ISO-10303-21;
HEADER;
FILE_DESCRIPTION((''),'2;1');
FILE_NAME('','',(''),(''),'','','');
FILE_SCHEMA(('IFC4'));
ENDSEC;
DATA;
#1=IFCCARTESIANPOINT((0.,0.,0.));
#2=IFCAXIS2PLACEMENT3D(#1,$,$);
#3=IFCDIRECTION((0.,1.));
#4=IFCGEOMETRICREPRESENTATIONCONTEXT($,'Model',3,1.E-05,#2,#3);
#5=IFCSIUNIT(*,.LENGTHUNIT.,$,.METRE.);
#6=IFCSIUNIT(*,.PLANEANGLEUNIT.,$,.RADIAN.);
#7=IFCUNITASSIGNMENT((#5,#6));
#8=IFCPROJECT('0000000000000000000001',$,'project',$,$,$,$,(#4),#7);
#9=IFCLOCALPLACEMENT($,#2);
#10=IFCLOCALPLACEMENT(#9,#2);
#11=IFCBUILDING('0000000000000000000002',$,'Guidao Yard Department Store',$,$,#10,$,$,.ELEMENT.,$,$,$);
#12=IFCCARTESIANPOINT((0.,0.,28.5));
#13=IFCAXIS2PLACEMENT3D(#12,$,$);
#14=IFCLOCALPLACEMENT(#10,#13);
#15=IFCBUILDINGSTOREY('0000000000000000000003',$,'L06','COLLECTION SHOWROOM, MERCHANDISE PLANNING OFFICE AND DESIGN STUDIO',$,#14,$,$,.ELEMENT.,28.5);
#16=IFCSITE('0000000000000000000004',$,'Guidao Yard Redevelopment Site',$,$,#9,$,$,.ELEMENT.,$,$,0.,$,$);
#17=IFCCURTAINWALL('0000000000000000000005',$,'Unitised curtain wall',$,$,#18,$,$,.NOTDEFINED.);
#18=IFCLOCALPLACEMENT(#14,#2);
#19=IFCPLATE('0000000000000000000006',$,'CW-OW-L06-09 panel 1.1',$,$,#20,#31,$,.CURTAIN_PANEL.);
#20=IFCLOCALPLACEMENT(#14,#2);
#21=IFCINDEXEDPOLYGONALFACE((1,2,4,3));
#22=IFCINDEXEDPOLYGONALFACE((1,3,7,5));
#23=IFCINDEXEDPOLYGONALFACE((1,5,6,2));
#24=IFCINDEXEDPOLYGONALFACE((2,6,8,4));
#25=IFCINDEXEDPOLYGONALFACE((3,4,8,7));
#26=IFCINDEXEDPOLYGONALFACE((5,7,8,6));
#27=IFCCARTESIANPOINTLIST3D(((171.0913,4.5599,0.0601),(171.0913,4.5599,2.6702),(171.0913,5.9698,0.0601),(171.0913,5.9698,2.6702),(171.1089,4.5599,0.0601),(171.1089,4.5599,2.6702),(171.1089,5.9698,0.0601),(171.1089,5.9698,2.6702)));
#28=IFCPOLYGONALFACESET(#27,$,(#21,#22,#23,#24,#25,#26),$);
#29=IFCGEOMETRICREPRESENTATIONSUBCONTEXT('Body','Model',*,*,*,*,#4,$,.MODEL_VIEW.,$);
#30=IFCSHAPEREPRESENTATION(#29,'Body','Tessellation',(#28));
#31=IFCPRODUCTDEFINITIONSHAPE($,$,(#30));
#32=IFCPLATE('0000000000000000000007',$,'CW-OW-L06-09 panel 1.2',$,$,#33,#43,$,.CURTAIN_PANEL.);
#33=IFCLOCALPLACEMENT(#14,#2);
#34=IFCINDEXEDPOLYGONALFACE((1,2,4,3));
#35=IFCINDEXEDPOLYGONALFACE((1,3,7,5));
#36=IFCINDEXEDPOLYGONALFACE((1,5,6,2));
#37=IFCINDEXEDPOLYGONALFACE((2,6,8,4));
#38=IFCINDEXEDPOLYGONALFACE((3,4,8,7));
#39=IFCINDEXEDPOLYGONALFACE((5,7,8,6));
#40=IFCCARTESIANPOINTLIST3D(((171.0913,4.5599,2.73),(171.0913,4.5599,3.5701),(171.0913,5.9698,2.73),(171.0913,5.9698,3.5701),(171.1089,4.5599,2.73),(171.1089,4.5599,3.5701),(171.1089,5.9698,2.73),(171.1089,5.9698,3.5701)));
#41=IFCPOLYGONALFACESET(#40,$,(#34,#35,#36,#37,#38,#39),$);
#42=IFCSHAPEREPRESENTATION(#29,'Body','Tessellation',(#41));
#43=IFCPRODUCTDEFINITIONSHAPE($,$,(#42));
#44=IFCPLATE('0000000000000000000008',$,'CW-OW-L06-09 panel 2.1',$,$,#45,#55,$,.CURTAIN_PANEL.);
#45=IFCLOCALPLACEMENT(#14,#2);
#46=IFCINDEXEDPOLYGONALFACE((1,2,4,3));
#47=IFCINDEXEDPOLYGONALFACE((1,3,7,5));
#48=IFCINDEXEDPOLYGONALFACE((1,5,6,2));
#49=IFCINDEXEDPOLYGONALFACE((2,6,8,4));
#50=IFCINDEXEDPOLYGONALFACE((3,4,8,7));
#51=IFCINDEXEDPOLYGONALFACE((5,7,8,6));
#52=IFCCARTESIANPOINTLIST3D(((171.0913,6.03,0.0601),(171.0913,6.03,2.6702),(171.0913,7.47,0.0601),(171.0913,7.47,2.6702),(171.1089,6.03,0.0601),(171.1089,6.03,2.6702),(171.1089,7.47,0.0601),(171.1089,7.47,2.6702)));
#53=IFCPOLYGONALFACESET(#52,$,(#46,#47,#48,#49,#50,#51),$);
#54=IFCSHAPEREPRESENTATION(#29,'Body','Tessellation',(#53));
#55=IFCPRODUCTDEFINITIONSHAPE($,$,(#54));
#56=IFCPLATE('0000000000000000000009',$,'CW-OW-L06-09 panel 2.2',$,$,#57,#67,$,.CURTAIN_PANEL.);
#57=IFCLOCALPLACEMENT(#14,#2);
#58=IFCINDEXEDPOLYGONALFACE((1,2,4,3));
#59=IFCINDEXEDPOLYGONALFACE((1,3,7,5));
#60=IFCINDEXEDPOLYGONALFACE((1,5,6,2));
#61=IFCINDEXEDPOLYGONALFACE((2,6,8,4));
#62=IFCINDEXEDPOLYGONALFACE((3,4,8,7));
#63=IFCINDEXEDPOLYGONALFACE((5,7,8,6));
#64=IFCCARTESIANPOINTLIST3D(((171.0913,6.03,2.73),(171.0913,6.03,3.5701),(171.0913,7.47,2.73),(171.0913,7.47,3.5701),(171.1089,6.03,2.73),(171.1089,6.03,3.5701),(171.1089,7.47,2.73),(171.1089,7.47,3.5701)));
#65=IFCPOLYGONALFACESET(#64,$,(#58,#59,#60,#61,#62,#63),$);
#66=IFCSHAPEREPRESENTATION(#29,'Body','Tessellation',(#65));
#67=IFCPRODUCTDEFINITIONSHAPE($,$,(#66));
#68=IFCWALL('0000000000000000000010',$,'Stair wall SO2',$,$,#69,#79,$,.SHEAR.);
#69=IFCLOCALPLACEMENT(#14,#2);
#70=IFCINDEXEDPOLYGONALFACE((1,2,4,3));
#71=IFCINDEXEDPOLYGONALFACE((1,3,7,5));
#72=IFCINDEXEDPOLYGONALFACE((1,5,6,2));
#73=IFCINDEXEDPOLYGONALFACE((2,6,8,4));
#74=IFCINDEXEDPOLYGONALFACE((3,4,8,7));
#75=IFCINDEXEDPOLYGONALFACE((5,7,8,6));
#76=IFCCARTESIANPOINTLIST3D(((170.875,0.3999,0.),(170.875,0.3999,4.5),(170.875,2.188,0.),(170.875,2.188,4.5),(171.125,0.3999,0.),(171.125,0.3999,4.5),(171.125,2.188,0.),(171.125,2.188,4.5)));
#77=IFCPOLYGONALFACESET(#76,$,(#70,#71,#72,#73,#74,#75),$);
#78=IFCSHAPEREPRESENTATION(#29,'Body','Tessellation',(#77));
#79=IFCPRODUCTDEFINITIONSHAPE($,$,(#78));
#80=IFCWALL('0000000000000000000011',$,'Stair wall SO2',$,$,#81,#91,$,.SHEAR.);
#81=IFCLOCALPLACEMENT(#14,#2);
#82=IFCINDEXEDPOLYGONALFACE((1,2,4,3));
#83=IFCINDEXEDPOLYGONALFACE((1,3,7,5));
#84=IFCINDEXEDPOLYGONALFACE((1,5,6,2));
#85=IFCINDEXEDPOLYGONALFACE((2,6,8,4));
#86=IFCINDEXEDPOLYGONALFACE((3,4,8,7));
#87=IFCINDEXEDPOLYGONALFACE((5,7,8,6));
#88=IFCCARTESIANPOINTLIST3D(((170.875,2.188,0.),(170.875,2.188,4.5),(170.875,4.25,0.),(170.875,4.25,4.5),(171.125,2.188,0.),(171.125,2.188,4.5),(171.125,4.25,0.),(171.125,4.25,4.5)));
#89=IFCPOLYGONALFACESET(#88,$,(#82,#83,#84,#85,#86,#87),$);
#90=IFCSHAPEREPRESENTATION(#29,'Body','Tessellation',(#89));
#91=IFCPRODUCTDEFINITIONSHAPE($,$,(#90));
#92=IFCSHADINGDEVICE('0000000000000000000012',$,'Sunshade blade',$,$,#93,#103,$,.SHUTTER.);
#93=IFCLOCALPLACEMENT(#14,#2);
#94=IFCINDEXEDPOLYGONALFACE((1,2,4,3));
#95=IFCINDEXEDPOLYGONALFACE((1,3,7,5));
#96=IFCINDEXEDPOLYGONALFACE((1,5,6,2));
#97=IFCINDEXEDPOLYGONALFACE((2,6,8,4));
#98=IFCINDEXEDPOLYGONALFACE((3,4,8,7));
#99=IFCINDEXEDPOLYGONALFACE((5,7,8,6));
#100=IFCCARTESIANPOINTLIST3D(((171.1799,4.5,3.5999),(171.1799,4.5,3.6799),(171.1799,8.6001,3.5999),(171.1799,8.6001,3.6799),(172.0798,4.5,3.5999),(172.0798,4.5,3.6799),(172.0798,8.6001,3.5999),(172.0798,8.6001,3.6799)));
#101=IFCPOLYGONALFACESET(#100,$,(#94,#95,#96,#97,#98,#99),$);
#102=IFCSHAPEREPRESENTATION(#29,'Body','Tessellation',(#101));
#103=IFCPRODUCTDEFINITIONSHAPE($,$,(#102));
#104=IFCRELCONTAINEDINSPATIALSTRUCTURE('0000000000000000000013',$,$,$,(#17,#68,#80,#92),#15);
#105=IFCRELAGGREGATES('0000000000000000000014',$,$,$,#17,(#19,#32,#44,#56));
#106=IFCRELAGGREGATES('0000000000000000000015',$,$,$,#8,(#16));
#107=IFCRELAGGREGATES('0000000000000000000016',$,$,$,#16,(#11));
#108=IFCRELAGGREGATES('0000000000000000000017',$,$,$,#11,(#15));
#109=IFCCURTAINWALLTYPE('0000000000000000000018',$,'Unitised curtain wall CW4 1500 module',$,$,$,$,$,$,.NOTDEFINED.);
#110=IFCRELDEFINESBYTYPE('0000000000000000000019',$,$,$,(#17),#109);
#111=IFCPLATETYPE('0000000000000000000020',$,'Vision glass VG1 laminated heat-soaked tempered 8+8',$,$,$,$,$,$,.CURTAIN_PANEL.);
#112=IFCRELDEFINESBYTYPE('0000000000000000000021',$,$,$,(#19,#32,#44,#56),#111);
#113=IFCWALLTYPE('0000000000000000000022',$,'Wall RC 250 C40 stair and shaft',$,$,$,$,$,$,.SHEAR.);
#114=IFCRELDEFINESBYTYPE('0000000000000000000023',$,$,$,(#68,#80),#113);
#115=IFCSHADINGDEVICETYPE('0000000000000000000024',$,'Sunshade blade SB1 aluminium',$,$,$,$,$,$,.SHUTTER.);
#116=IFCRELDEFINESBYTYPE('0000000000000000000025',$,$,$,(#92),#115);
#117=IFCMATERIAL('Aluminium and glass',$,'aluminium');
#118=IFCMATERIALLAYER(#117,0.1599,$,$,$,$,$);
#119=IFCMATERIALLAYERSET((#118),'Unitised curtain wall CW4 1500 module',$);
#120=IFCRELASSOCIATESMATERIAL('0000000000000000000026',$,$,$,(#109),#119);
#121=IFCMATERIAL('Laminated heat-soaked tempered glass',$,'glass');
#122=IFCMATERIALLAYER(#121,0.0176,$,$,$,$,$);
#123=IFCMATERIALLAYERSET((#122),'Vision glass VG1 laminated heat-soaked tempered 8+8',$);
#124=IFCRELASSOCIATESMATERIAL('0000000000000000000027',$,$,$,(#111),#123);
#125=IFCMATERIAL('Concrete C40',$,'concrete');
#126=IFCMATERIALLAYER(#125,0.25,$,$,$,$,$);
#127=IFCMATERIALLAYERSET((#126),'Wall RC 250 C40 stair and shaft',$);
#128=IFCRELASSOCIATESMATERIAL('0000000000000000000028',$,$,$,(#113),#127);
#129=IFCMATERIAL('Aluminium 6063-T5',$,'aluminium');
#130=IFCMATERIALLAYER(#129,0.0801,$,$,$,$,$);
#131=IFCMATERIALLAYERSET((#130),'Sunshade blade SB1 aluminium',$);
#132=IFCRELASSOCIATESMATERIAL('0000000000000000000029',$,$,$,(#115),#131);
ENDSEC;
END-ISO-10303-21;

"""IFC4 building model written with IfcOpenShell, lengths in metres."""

from ifc_helpers import new_model, si_unit, direction, frame, frame_2d, origin, origin_2d, place, context, subcontext, project, spatial, rectangle, extrude, material, layer, layer_set, type_object, element, aggregate, save


model = new_model("IFC4")

# Units and contexts
model_context = context("Model", 3, precision=1e-05, world=origin(), true_north=direction((0.0, 1.0)))
body_context = subcontext(model_context, "Body", "Model", "MODEL_VIEW")
ifc_project = project(units=[si_unit("LENGTHUNIT", "METRE"), si_unit("PLANEANGLEUNIT", "RADIAN")], contexts=[model_context])

# Site, building, storey
site_placement = place(None, origin())
site = spatial("IfcSite", under=ifc_project, at=site_placement, Name="Guidao Yard Redevelopment Site", CompositionType="ELEMENT", RefElevation=0.0)
building_placement = place(site_placement, origin())
building = spatial("IfcBuilding", under=site, at=building_placement, Name="Guidao Yard Department Store", CompositionType="ELEMENT")
storey_placement = place(building_placement, frame((0.0, 0.0, 28.5)))
storey = spatial("IfcBuildingStorey", under=building, at=storey_placement, Name="L06", Description="COLLECTION SHOWROOM, MERCHANDISE PLANNING OFFICE AND DESIGN STUDIO", CompositionType="ELEMENT", Elevation=28.5)

# Curtain wall, plates
ifc_material_1 = material(Name="Aluminium and glass", Category="aluminium")
ifc_layer_1 = layer(ifc_material_1, 0.1599)
ifc_layer_set_1 = layer_set([ifc_layer_1], Name="Unitised curtain wall CW4 1500 module")
curtain_wall_type = type_object("IfcCurtainWallType", Name="Unitised curtain wall CW4 1500 module", PredefinedType="NOTDEFINED", material=ifc_layer_set_1)
curtain_wall_placement = place(storey_placement, origin())
curtain_wall = element("IfcCurtainWall", 1, at=curtain_wall_placement, inside=storey, type_object=curtain_wall_type, Name="Unitised curtain wall", PredefinedType="NOTDEFINED")
ifc_material_2 = material(Name="Laminated heat-soaked tempered glass", Category="glass")
ifc_layer_2 = layer(ifc_material_2, 0.0176)
ifc_layer_set_2 = layer_set([ifc_layer_2], Name="Vision glass VG1 laminated heat-soaked tempered 8+8")
plate_type_1 = type_object("IfcPlateType", Name="Vision glass VG1 laminated heat-soaked tempered 8+8", PredefinedType="CURTAIN_PANEL", material=ifc_layer_set_2)
plate_1_placement = place(storey_placement, frame((171.1001, 5.2649, 0.0601), z_axis=(0.0, 0.0, 1.0), x_axis=(0.0, -1.0, 0.0)))
plate_1 = element("IfcPlate", 2, at=plate_1_placement, type_object=plate_type_1, Name="CW-OW-L06-09 panel 1.1", PredefinedType="CURTAIN_PANEL", context=body_context, shape_type="SweptSolid", body=[
    extrude(rectangle(XDim=1.4099, YDim=0.0176, at=origin_2d()), origin(), (0.0, 0.0, 1.0), 2.6101),
])
plate_2_placement = place(storey_placement, frame((171.1001, 5.2649, 2.73), z_axis=(0.0, 0.0, 1.0), x_axis=(0.0, -1.0, 0.0)))
plate_2 = element("IfcPlate", 3, at=plate_2_placement, type_object=plate_type_1, Name="CW-OW-L06-09 panel 1.2", PredefinedType="CURTAIN_PANEL", context=body_context, shape_type="SweptSolid", body=[
    extrude(rectangle(XDim=1.4099, YDim=0.0176, at=origin_2d()), origin(), (0.0, 0.0, 1.0), 0.8401),
])
plate_3_placement = place(storey_placement, frame((171.1001, 6.75, 0.0601), z_axis=(0.0, 0.0, 1.0), x_axis=(0.0, -1.0, 0.0)))
plate_3 = element("IfcPlate", 4, at=plate_3_placement, type_object=plate_type_1, Name="CW-OW-L06-09 panel 2.1", PredefinedType="CURTAIN_PANEL", context=body_context, shape_type="SweptSolid", body=[
    extrude(rectangle(XDim=1.4399, YDim=0.0176, at=origin_2d()), origin(), (0.0, 0.0, 1.0), 2.6101),
])
plate_4_placement = place(storey_placement, frame((171.1001, 6.75, 2.73), z_axis=(0.0, 0.0, 1.0), x_axis=(0.0, -1.0, 0.0)))
plate_4 = element("IfcPlate", 5, at=plate_4_placement, type_object=plate_type_1, Name="CW-OW-L06-09 panel 2.2", PredefinedType="CURTAIN_PANEL", context=body_context, shape_type="SweptSolid", body=[
    extrude(rectangle(XDim=1.4399, YDim=0.0176, at=origin_2d()), origin(), (0.0, 0.0, 1.0), 0.8401),
])
aggregate(curtain_wall, [plate_1, plate_2, plate_3, plate_4])

# Walls
ifc_material_3 = material(Name="Concrete C40", Category="concrete")
ifc_layer_3 = layer(ifc_material_3, 0.25)
ifc_layer_set_3 = layer_set([ifc_layer_3], Name="Wall RC 250 C40 stair and shaft")
wall_type = type_object("IfcWallType", Name="Wall RC 250 C40 stair and shaft", PredefinedType="SHEAR", material=ifc_layer_set_3)
wall_1_placement = place(storey_placement, frame((171.0, 0.3999, 0.0), z_axis=(0.0, 0.0, 1.0), x_axis=(0.0, 1.0, 0.0)))
element("IfcWall", 6, at=wall_1_placement, inside=storey, type_object=wall_type, Name="Stair wall SO2", PredefinedType="SHEAR", context=body_context, shape_type="SweptSolid", body=[
    extrude(rectangle(XDim=1.7881, YDim=0.25, at=frame_2d((0.894, 0.0))), origin(), (0.0, 0.0, 1.0), 4.5),
])
wall_2_placement = place(storey_placement, frame((171.0, 2.188, 0.0), z_axis=(0.0, 0.0, 1.0), x_axis=(0.0, 1.0, 0.0)))
element("IfcWall", 7, at=wall_2_placement, inside=storey, type_object=wall_type, Name="Stair wall SO2", PredefinedType="SHEAR", context=body_context, shape_type="SweptSolid", body=[
    extrude(rectangle(XDim=2.062, YDim=0.25, at=frame_2d((1.031, 0.0))), origin(), (0.0, 0.0, 1.0), 4.5),
])

# Shading device
ifc_material_4 = material(Name="Aluminium 6063-T5", Category="aluminium")
ifc_layer_4 = layer(ifc_material_4, 0.0801)
ifc_layer_set_4 = layer_set([ifc_layer_4], Name="Sunshade blade SB1 aluminium")
shading_device_type = type_object("IfcShadingDeviceType", Name="Sunshade blade SB1 aluminium", PredefinedType="SHUTTER", material=ifc_layer_set_4)
shading_device_placement = place(storey_placement, frame((171.6299, 6.55, 3.5999), z_axis=(0.0, 0.0, 1.0), x_axis=(0.0, -1.0, 0.0)))
element("IfcShadingDevice", 8, at=shading_device_placement, inside=storey, type_object=shading_device_type, Name="Sunshade blade", PredefinedType="SHUTTER", context=body_context, shape_type="SweptSolid", body=[
    extrude(rectangle(XDim=4.1001, YDim=0.8999, at=origin_2d()), origin(), (0.0, 0.0, 1.0), 0.0801),
])

save(model, "model.ifc")
